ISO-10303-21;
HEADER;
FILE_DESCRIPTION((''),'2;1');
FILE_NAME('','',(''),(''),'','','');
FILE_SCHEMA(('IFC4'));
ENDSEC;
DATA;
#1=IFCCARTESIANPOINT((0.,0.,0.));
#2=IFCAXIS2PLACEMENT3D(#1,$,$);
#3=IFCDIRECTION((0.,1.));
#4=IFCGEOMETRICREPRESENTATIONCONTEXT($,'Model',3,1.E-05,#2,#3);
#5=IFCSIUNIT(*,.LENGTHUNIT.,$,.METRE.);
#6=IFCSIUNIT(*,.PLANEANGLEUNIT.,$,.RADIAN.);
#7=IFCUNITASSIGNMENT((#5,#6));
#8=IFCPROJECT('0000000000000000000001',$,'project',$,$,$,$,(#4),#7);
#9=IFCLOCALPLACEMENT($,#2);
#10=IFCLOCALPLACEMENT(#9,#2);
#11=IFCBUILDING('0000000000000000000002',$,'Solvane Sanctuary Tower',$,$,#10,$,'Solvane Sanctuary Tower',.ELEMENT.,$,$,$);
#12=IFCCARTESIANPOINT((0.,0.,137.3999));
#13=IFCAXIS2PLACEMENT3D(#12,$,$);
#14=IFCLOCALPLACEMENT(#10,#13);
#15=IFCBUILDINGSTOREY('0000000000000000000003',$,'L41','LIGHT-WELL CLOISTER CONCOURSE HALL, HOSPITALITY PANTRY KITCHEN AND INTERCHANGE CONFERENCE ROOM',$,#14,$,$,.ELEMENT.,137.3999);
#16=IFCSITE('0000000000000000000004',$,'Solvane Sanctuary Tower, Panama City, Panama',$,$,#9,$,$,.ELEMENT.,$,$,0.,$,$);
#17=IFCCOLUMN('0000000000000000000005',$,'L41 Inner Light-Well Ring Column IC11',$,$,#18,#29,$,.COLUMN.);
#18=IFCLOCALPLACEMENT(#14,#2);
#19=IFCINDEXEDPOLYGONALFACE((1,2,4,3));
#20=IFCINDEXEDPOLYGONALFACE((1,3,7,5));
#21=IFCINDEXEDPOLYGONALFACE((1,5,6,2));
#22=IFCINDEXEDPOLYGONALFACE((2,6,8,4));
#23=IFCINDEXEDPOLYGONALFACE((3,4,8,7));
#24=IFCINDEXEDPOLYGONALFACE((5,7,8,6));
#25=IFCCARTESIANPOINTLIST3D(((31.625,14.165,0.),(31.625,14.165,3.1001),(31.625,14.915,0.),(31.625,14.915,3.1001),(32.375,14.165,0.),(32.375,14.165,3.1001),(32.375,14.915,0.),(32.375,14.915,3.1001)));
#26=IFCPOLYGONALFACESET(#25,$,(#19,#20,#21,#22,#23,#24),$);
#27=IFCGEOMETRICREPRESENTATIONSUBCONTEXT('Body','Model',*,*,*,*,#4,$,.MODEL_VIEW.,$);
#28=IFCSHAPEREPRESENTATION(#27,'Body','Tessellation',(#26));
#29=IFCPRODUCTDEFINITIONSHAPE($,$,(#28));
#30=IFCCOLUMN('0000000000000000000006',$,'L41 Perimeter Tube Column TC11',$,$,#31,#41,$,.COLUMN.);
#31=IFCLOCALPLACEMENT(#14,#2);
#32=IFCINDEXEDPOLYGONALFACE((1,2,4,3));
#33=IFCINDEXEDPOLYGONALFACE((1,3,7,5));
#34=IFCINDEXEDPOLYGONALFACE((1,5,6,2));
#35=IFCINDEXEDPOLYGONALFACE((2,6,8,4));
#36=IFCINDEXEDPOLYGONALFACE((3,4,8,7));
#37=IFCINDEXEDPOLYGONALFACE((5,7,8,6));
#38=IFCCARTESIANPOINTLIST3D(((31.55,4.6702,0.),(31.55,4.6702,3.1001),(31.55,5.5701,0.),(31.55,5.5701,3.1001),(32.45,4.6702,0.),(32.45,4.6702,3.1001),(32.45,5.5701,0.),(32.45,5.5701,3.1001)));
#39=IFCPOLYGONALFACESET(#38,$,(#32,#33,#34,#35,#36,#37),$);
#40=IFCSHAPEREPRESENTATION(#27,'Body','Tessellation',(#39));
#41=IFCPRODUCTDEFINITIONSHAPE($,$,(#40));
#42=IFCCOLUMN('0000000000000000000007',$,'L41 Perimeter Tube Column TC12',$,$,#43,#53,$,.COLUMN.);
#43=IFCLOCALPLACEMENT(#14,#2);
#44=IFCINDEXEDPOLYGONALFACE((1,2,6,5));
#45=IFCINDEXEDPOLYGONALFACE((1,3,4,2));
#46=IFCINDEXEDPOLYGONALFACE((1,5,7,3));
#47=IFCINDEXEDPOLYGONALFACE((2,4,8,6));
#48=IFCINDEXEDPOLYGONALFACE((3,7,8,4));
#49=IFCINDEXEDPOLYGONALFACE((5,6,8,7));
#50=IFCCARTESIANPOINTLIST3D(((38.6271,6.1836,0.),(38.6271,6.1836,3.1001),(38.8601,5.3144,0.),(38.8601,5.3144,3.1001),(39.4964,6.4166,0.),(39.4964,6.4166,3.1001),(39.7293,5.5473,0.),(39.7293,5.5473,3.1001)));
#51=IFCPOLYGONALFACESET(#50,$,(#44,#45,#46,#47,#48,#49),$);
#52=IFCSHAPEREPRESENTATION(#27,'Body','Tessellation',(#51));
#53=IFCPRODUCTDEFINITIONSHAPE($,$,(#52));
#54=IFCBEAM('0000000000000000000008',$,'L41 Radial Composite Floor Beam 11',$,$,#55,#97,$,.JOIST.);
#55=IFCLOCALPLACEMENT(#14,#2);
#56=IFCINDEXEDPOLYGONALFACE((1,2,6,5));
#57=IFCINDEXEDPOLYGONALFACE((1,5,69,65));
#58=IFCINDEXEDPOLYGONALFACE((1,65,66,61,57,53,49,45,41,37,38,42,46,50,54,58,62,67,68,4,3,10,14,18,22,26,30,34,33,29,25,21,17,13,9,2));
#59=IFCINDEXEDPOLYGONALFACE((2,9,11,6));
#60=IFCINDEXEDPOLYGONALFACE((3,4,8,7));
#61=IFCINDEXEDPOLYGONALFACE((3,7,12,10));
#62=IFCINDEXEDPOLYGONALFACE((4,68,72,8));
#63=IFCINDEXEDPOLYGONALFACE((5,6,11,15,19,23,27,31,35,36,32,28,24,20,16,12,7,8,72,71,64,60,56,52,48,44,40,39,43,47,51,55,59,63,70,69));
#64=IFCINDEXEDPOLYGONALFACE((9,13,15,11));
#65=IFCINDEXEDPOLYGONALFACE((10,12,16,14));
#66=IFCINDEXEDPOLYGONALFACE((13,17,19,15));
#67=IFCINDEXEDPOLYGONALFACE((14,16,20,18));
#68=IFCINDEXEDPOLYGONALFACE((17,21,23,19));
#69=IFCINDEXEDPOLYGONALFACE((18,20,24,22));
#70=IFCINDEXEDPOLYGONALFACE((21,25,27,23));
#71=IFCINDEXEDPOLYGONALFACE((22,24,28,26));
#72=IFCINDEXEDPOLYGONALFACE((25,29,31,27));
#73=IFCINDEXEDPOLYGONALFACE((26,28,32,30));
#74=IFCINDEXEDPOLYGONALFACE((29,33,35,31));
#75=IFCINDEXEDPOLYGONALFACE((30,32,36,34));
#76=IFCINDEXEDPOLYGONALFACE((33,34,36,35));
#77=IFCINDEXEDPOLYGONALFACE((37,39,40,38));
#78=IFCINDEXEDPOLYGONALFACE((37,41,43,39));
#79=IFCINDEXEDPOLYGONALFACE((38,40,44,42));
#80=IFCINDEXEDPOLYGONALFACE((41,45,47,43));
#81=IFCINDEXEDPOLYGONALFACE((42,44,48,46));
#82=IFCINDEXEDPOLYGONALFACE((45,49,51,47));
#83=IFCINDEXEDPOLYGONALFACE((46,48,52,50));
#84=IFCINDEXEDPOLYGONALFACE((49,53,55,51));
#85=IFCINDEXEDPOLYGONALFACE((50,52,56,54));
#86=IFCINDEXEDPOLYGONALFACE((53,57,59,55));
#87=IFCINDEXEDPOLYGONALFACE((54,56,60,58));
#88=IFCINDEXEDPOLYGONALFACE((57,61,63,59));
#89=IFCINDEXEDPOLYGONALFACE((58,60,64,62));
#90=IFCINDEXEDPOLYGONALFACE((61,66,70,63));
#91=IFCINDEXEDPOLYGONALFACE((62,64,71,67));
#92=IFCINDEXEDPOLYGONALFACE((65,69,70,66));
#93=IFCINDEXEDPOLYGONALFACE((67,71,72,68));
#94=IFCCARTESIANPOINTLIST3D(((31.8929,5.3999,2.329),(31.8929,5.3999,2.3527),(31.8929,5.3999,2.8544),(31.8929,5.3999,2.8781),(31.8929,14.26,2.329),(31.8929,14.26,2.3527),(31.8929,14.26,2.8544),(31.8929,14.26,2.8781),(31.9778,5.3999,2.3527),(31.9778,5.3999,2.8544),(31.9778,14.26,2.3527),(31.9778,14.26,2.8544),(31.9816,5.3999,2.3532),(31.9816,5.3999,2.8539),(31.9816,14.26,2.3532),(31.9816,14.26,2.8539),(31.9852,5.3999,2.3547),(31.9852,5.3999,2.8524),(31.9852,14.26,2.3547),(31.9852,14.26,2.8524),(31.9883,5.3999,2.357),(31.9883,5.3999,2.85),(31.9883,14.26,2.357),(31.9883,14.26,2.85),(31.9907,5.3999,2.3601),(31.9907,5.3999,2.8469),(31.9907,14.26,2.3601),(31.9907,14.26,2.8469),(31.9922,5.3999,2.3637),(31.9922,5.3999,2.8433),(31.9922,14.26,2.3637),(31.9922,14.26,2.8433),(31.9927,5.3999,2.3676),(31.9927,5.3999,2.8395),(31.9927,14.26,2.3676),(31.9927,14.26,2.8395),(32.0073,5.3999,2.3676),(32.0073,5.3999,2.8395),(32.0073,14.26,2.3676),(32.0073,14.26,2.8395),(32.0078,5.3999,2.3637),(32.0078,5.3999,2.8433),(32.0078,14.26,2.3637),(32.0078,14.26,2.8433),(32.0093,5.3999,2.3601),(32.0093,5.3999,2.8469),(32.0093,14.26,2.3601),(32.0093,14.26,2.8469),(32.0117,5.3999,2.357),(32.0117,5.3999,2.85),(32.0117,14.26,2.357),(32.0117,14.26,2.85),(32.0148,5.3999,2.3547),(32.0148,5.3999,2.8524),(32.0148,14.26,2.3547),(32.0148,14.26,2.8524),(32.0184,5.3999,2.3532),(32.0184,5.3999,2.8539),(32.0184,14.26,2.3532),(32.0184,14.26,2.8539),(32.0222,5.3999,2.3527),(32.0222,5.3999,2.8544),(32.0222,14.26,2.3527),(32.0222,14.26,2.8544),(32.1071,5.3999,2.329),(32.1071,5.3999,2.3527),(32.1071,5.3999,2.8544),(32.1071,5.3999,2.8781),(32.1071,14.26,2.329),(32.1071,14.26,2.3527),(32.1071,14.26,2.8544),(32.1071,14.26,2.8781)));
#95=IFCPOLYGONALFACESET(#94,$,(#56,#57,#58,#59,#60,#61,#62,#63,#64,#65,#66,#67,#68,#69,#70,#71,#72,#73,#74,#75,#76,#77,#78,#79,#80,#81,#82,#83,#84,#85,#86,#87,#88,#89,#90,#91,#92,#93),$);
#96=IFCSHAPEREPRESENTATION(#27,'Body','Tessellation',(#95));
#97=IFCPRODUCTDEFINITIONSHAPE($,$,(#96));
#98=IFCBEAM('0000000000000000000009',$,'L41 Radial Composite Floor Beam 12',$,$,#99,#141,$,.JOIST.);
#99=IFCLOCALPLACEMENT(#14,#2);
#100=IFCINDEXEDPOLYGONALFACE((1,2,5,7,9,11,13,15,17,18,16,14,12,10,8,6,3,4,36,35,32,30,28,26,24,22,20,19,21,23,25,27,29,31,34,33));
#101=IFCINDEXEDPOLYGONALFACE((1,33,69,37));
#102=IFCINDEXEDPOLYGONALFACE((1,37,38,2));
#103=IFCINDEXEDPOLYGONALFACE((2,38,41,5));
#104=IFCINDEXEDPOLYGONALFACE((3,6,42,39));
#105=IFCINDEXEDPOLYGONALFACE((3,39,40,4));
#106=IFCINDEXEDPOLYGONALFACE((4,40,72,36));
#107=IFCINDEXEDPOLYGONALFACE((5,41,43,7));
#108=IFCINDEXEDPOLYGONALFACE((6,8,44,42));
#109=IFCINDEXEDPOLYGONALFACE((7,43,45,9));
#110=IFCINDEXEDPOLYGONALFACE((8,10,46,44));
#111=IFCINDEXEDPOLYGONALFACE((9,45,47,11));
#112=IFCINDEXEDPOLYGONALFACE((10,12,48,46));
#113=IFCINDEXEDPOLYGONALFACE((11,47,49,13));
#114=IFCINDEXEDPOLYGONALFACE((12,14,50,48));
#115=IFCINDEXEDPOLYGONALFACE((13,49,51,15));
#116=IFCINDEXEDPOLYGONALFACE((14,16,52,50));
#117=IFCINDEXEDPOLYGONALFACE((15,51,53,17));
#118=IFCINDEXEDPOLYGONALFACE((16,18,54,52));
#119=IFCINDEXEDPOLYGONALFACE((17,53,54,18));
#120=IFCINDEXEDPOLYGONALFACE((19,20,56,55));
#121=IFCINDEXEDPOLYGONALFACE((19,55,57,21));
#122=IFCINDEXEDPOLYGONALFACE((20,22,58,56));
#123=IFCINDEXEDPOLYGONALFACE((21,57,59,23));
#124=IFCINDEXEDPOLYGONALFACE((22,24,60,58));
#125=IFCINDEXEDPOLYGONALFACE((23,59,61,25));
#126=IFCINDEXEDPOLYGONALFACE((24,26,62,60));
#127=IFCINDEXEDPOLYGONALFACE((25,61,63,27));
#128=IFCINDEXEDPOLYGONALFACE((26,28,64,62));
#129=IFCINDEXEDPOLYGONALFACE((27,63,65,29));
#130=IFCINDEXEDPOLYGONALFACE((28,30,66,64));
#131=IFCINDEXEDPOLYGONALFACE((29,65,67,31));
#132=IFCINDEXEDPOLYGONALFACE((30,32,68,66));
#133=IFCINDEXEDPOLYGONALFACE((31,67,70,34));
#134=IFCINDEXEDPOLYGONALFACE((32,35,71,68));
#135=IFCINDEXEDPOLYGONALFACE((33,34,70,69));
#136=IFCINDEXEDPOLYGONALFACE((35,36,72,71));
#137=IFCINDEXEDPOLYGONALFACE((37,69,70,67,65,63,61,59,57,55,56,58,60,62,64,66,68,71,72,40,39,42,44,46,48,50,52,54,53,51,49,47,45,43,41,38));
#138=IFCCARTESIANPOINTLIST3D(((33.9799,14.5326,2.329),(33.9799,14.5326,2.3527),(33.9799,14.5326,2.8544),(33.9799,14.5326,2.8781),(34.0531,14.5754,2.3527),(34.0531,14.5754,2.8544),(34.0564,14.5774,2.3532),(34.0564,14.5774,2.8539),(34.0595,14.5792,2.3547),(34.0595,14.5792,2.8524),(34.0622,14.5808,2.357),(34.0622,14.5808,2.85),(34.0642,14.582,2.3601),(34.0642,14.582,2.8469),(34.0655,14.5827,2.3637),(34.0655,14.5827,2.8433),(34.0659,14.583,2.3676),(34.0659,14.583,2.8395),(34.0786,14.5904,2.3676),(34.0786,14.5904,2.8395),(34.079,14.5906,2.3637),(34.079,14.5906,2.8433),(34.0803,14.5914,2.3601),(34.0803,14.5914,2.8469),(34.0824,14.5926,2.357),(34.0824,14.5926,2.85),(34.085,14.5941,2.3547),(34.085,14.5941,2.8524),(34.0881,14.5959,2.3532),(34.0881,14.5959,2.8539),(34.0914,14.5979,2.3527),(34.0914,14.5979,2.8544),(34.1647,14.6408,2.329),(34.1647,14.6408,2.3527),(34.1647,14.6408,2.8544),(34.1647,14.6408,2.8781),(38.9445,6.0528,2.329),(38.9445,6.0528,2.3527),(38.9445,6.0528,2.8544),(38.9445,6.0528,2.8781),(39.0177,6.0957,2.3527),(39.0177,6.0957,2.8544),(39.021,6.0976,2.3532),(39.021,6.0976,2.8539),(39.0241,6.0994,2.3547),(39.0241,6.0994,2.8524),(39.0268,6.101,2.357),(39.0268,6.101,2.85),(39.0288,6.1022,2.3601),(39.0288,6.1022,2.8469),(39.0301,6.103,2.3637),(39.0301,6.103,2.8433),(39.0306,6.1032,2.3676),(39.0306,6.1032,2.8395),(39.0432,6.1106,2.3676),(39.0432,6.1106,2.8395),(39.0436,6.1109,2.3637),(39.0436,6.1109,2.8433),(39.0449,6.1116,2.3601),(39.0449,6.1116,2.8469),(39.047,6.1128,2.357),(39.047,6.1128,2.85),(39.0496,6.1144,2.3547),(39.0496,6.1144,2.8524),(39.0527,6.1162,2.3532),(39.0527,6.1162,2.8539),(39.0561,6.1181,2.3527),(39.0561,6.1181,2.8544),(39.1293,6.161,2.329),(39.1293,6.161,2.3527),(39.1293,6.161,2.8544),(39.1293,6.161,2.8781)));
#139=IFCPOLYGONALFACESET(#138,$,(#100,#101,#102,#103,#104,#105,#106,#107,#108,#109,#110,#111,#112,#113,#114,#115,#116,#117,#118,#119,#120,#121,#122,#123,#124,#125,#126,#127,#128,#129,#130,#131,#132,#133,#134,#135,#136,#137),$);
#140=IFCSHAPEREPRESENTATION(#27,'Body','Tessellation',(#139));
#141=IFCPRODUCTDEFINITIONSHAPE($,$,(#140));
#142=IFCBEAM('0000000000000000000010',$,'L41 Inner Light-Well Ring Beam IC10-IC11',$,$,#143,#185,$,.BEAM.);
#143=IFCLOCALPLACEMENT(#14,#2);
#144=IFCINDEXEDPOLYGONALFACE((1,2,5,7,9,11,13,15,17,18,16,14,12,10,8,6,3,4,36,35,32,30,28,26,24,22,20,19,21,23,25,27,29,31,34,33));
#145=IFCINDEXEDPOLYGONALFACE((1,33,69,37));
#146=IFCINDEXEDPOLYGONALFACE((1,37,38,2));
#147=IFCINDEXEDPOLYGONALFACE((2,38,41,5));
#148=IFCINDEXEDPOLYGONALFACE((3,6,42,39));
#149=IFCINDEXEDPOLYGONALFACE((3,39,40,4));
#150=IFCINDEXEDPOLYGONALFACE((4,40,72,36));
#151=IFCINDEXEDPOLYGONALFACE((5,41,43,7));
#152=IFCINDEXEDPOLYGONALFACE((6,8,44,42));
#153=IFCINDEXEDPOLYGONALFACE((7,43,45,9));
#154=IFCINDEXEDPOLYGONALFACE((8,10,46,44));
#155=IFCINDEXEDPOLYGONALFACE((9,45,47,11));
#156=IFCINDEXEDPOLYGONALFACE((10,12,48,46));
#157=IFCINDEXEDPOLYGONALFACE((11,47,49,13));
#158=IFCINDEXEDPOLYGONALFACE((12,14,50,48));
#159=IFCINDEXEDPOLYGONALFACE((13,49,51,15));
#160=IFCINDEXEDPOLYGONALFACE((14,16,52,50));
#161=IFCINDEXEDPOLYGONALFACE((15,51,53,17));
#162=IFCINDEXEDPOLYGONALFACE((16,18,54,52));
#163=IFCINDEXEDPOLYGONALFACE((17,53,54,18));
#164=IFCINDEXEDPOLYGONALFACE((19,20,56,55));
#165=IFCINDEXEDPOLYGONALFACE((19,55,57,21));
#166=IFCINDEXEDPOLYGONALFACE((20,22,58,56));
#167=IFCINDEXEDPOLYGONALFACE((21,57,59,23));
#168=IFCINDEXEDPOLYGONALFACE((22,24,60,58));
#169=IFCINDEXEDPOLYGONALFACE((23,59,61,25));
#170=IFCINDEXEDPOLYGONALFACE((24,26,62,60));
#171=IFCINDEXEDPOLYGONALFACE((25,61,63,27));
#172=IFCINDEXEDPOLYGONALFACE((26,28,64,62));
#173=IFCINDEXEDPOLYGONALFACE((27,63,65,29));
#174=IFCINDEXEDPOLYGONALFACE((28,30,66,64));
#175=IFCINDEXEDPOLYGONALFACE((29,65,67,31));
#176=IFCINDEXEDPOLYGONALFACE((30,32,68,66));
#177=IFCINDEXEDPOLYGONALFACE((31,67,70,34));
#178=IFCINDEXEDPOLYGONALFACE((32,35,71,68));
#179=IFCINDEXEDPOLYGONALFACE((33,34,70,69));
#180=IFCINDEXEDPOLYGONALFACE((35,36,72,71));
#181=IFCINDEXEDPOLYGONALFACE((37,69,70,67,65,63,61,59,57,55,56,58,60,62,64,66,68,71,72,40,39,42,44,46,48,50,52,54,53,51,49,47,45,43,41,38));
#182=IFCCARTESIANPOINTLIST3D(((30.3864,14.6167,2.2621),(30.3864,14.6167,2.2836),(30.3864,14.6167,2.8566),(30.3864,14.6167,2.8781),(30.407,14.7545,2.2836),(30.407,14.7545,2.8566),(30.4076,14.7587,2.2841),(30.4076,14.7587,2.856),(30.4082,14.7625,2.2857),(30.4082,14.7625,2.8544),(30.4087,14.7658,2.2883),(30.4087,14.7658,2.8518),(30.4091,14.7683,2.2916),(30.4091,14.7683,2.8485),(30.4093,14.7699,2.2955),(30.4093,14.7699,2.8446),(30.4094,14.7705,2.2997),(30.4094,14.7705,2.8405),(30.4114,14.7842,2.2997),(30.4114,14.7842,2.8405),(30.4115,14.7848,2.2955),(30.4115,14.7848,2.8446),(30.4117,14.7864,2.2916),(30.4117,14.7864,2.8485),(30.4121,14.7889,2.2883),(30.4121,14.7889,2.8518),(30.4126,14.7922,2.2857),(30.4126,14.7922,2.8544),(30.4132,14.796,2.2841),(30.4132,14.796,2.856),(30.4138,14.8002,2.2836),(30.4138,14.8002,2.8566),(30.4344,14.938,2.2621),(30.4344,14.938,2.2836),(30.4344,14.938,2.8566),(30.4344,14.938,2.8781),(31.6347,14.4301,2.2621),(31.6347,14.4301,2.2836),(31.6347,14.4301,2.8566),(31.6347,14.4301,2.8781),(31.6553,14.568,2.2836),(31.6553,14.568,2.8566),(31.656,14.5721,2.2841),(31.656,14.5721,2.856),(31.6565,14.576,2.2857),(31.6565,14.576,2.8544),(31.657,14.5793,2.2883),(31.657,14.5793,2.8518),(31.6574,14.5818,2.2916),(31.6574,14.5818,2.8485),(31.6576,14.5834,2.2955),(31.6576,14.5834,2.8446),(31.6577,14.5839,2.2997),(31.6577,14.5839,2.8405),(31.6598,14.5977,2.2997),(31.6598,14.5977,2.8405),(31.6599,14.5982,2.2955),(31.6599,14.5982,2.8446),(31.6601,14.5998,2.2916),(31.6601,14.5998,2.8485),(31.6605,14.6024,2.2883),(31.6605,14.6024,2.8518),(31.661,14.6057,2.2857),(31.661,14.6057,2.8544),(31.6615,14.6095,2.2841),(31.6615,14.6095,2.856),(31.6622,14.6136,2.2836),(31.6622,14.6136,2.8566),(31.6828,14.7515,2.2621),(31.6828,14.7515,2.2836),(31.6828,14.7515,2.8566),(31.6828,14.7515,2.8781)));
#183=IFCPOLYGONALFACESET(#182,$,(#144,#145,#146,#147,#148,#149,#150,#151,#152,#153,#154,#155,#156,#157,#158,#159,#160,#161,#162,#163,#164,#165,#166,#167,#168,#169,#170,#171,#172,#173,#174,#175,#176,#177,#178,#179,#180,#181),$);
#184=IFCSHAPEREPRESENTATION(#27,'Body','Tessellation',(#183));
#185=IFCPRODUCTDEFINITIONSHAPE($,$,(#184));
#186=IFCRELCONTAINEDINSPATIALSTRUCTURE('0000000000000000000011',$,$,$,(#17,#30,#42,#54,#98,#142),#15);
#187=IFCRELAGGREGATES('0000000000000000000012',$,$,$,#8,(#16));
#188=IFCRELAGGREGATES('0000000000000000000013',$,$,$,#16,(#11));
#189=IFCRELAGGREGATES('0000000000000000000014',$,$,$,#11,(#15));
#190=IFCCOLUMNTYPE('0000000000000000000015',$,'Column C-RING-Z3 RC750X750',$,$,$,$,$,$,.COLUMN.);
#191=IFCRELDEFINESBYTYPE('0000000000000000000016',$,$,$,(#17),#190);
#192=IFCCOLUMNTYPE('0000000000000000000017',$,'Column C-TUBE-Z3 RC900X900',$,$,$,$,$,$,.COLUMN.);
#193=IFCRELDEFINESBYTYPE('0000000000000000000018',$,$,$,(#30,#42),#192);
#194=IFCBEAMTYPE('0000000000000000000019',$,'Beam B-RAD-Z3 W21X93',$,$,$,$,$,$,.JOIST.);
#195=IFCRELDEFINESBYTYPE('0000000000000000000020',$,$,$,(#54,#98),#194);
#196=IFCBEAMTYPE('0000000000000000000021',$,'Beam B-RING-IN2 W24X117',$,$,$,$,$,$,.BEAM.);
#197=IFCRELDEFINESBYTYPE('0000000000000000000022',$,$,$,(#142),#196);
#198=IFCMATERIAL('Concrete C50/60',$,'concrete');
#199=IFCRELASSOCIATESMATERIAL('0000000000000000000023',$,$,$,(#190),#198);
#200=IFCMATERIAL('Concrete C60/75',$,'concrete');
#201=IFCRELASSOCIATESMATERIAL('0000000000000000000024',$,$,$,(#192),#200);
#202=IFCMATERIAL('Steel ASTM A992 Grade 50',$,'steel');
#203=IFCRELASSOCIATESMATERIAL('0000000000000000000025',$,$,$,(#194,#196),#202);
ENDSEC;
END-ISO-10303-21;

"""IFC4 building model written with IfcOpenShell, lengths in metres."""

from ifc_helpers import new_model, si_unit, direction, frame, origin, origin_2d, place, context, subcontext, project, spatial, rectangle, i_section, extrude, material, material_profile, profile_set, type_object, element, save


model = new_model("IFC4")

# Units and contexts
model_context = context("Model", 3, precision=1e-05, world=origin(), true_north=direction((0.0, 1.0)))
body_context = subcontext(model_context, "Body", "Model", "MODEL_VIEW")
ifc_project = project(units=[si_unit("LENGTHUNIT", "METRE"), si_unit("PLANEANGLEUNIT", "RADIAN")], contexts=[model_context])

# Site, building, storey
site_placement = place(None, origin())
site = spatial("IfcSite", under=ifc_project, at=site_placement, Name="Solvane Sanctuary Tower, Panama City, Panama", CompositionType="ELEMENT", RefElevation=0.0)
building_placement = place(site_placement, origin())
building = spatial("IfcBuilding", under=site, at=building_placement, Name="Solvane Sanctuary Tower", LongName="Solvane Sanctuary Tower", CompositionType="ELEMENT")
storey_placement = place(building_placement, frame((0.0, 0.0, 137.3999)))
storey = spatial("IfcBuildingStorey", under=building, at=storey_placement, Name="L41", Description="LIGHT-WELL CLOISTER CONCOURSE HALL, HOSPITALITY PANTRY KITCHEN AND INTERCHANGE CONFERENCE ROOM", CompositionType="ELEMENT", Elevation=137.3999)

# Columns
ifc_material_1 = material(Name="Concrete C50/60", Category="concrete")
ifc_material_profile_1 = material_profile(ifc_material_1, rectangle(XDim=0.75, YDim=0.75, at=origin_2d()), Name="RC750X750")
ifc_profile_set_1 = profile_set([ifc_material_profile_1], Name="Concrete C50/60")
column_type_1 = type_object("IfcColumnType", Name="Column C-RING-Z3 RC750X750", PredefinedType="COLUMN", material=ifc_profile_set_1)
column_placement = place(storey_placement, frame((32.0, 14.54, 0.0), z_axis=(0.0, 0.0, 1.0), x_axis=(1.0, 0.0, 0.0)))
element("IfcColumn", 1, at=column_placement, inside=storey, type_object=column_type_1, Name="L41 Inner Light-Well Ring Column IC11", PredefinedType="COLUMN", context=body_context, shape_type="SweptSolid", body=[
    extrude(rectangle(XDim=0.75, YDim=0.75, at=origin_2d()), origin(), (0.0, 0.0, 1.0), 3.1001),
])
ifc_material_2 = material(Name="Concrete C60/75", Category="concrete")
ifc_material_profile_2 = material_profile(ifc_material_2, rectangle(XDim=0.8999, YDim=0.8999, at=origin_2d()), Name="RC900X900")
ifc_profile_set_2 = profile_set([ifc_material_profile_2], Name="Concrete C60/75")
column_type_2 = type_object("IfcColumnType", Name="Column C-TUBE-Z3 RC900X900", PredefinedType="COLUMN", material=ifc_profile_set_2)
for number, where, z_axis, x_axis, name in (
    (2, (32.0, 5.1201, 0.0), (0.0, 0.0, 1.0), (0.0, -1.0, 0.0), "L41 Perimeter Tube Column TC11"),
    (3, (39.1782, 5.8655, 0.0), (0.0, 0.0, 1.0), (0.258819, -0.965926, 0.0), "L41 Perimeter Tube Column TC12"),
):
    element("IfcColumn", number, at=place(storey_placement, frame(where, z_axis=z_axis, x_axis=x_axis)), inside=storey, type_object=column_type_2, Name=name, PredefinedType="COLUMN", context=body_context, shape_type="SweptSolid", body=[
        extrude(rectangle(XDim=0.8999, YDim=0.8999, at=origin_2d()), origin(), (0.0, 0.0, 1.0), 3.1001),
    ])

# Beams
ifc_material_3 = material(Name="Steel ASTM A992 Grade 50", Category="steel")
ifc_material_profile_3 = material_profile(ifc_material_3, i_section(OverallWidth=0.2141, OverallDepth=0.5491, WebThickness=0.0146, FlangeThickness=0.0237, FilletRadius=0.0149, at=origin_2d()), Name="W21X93")
ifc_profile_set_3 = profile_set([ifc_material_profile_3], Name="Steel ASTM A992 Grade 50")
beam_type_1 = type_object("IfcBeamType", Name="Beam B-RAD-Z3 W21X93", PredefinedType="JOIST", material=ifc_profile_set_3)
beam_1_placement = place(storey_placement, frame((32.0, 14.26, 2.6035), z_axis=(0.0, -1.0, 0.0), x_axis=(1.0, 0.0, 0.0)))
element("IfcBeam", 4, at=beam_1_placement, inside=storey, type_object=beam_type_1, Name="L41 Radial Composite Floor Beam 11", PredefinedType="JOIST", context=body_context, shape_type="SweptSolid", body=[
    extrude(i_section(OverallWidth=0.2141, OverallDepth=0.5491, WebThickness=0.0146, FlangeThickness=0.0237, FilletRadius=0.0149, at=origin_2d()), origin(), (0.0, 0.0, 1.0), 8.8601),
])
beam_2_placement = place(storey_placement, frame((34.0723, 14.5867, 2.6035), z_axis=(0.505244, -0.862977, 0.0), x_axis=(0.862977, 0.505244, 0.0)))
element("IfcBeam", 5, at=beam_2_placement, inside=storey, type_object=beam_type_1, Name="L41 Radial Composite Floor Beam 12", PredefinedType="JOIST", context=body_context, shape_type="SweptSolid", body=[
    extrude(i_section(OverallWidth=0.2141, OverallDepth=0.5491, WebThickness=0.0146, FlangeThickness=0.0237, FilletRadius=0.0149, at=origin_2d()), origin(), (0.0, 0.0, 1.0), 9.8262),
])
ifc_material_profile_4 = material_profile(ifc_material_3, i_section(OverallWidth=0.325, OverallDepth=0.616, WebThickness=0.0139, FlangeThickness=0.0215, FilletRadius=0.0161, at=origin_2d()), Name="W24X117")
ifc_profile_set_4 = profile_set([ifc_material_profile_4], Name="Steel ASTM A992 Grade 50")
beam_type_2 = type_object("IfcBeamType", Name="Beam B-RING-IN2 W24X117", PredefinedType="BEAM", material=ifc_profile_set_4)
for number, where, z_axis, x_axis, name in (
    (6, (30.4104, 14.7773, 2.5701), (0.98902, -0.147782, 0.0), (0.147782, 0.98902, 0.0), "L41 Inner Light-Well Ring Beam IC10-IC11"),
):
    element("IfcBeam", number, at=place(storey_placement, frame(where, z_axis=z_axis, x_axis=x_axis)), inside=storey, type_object=beam_type_2, Name=name, PredefinedType="BEAM", context=body_context, shape_type="SweptSolid", body=[
        extrude(i_section(OverallWidth=0.325, OverallDepth=0.616, WebThickness=0.0139, FlangeThickness=0.0215, FilletRadius=0.0161, at=origin_2d()), origin(), (0.0, 0.0, 1.0), 1.2622),
    ])

save(model, "model.ifc")
